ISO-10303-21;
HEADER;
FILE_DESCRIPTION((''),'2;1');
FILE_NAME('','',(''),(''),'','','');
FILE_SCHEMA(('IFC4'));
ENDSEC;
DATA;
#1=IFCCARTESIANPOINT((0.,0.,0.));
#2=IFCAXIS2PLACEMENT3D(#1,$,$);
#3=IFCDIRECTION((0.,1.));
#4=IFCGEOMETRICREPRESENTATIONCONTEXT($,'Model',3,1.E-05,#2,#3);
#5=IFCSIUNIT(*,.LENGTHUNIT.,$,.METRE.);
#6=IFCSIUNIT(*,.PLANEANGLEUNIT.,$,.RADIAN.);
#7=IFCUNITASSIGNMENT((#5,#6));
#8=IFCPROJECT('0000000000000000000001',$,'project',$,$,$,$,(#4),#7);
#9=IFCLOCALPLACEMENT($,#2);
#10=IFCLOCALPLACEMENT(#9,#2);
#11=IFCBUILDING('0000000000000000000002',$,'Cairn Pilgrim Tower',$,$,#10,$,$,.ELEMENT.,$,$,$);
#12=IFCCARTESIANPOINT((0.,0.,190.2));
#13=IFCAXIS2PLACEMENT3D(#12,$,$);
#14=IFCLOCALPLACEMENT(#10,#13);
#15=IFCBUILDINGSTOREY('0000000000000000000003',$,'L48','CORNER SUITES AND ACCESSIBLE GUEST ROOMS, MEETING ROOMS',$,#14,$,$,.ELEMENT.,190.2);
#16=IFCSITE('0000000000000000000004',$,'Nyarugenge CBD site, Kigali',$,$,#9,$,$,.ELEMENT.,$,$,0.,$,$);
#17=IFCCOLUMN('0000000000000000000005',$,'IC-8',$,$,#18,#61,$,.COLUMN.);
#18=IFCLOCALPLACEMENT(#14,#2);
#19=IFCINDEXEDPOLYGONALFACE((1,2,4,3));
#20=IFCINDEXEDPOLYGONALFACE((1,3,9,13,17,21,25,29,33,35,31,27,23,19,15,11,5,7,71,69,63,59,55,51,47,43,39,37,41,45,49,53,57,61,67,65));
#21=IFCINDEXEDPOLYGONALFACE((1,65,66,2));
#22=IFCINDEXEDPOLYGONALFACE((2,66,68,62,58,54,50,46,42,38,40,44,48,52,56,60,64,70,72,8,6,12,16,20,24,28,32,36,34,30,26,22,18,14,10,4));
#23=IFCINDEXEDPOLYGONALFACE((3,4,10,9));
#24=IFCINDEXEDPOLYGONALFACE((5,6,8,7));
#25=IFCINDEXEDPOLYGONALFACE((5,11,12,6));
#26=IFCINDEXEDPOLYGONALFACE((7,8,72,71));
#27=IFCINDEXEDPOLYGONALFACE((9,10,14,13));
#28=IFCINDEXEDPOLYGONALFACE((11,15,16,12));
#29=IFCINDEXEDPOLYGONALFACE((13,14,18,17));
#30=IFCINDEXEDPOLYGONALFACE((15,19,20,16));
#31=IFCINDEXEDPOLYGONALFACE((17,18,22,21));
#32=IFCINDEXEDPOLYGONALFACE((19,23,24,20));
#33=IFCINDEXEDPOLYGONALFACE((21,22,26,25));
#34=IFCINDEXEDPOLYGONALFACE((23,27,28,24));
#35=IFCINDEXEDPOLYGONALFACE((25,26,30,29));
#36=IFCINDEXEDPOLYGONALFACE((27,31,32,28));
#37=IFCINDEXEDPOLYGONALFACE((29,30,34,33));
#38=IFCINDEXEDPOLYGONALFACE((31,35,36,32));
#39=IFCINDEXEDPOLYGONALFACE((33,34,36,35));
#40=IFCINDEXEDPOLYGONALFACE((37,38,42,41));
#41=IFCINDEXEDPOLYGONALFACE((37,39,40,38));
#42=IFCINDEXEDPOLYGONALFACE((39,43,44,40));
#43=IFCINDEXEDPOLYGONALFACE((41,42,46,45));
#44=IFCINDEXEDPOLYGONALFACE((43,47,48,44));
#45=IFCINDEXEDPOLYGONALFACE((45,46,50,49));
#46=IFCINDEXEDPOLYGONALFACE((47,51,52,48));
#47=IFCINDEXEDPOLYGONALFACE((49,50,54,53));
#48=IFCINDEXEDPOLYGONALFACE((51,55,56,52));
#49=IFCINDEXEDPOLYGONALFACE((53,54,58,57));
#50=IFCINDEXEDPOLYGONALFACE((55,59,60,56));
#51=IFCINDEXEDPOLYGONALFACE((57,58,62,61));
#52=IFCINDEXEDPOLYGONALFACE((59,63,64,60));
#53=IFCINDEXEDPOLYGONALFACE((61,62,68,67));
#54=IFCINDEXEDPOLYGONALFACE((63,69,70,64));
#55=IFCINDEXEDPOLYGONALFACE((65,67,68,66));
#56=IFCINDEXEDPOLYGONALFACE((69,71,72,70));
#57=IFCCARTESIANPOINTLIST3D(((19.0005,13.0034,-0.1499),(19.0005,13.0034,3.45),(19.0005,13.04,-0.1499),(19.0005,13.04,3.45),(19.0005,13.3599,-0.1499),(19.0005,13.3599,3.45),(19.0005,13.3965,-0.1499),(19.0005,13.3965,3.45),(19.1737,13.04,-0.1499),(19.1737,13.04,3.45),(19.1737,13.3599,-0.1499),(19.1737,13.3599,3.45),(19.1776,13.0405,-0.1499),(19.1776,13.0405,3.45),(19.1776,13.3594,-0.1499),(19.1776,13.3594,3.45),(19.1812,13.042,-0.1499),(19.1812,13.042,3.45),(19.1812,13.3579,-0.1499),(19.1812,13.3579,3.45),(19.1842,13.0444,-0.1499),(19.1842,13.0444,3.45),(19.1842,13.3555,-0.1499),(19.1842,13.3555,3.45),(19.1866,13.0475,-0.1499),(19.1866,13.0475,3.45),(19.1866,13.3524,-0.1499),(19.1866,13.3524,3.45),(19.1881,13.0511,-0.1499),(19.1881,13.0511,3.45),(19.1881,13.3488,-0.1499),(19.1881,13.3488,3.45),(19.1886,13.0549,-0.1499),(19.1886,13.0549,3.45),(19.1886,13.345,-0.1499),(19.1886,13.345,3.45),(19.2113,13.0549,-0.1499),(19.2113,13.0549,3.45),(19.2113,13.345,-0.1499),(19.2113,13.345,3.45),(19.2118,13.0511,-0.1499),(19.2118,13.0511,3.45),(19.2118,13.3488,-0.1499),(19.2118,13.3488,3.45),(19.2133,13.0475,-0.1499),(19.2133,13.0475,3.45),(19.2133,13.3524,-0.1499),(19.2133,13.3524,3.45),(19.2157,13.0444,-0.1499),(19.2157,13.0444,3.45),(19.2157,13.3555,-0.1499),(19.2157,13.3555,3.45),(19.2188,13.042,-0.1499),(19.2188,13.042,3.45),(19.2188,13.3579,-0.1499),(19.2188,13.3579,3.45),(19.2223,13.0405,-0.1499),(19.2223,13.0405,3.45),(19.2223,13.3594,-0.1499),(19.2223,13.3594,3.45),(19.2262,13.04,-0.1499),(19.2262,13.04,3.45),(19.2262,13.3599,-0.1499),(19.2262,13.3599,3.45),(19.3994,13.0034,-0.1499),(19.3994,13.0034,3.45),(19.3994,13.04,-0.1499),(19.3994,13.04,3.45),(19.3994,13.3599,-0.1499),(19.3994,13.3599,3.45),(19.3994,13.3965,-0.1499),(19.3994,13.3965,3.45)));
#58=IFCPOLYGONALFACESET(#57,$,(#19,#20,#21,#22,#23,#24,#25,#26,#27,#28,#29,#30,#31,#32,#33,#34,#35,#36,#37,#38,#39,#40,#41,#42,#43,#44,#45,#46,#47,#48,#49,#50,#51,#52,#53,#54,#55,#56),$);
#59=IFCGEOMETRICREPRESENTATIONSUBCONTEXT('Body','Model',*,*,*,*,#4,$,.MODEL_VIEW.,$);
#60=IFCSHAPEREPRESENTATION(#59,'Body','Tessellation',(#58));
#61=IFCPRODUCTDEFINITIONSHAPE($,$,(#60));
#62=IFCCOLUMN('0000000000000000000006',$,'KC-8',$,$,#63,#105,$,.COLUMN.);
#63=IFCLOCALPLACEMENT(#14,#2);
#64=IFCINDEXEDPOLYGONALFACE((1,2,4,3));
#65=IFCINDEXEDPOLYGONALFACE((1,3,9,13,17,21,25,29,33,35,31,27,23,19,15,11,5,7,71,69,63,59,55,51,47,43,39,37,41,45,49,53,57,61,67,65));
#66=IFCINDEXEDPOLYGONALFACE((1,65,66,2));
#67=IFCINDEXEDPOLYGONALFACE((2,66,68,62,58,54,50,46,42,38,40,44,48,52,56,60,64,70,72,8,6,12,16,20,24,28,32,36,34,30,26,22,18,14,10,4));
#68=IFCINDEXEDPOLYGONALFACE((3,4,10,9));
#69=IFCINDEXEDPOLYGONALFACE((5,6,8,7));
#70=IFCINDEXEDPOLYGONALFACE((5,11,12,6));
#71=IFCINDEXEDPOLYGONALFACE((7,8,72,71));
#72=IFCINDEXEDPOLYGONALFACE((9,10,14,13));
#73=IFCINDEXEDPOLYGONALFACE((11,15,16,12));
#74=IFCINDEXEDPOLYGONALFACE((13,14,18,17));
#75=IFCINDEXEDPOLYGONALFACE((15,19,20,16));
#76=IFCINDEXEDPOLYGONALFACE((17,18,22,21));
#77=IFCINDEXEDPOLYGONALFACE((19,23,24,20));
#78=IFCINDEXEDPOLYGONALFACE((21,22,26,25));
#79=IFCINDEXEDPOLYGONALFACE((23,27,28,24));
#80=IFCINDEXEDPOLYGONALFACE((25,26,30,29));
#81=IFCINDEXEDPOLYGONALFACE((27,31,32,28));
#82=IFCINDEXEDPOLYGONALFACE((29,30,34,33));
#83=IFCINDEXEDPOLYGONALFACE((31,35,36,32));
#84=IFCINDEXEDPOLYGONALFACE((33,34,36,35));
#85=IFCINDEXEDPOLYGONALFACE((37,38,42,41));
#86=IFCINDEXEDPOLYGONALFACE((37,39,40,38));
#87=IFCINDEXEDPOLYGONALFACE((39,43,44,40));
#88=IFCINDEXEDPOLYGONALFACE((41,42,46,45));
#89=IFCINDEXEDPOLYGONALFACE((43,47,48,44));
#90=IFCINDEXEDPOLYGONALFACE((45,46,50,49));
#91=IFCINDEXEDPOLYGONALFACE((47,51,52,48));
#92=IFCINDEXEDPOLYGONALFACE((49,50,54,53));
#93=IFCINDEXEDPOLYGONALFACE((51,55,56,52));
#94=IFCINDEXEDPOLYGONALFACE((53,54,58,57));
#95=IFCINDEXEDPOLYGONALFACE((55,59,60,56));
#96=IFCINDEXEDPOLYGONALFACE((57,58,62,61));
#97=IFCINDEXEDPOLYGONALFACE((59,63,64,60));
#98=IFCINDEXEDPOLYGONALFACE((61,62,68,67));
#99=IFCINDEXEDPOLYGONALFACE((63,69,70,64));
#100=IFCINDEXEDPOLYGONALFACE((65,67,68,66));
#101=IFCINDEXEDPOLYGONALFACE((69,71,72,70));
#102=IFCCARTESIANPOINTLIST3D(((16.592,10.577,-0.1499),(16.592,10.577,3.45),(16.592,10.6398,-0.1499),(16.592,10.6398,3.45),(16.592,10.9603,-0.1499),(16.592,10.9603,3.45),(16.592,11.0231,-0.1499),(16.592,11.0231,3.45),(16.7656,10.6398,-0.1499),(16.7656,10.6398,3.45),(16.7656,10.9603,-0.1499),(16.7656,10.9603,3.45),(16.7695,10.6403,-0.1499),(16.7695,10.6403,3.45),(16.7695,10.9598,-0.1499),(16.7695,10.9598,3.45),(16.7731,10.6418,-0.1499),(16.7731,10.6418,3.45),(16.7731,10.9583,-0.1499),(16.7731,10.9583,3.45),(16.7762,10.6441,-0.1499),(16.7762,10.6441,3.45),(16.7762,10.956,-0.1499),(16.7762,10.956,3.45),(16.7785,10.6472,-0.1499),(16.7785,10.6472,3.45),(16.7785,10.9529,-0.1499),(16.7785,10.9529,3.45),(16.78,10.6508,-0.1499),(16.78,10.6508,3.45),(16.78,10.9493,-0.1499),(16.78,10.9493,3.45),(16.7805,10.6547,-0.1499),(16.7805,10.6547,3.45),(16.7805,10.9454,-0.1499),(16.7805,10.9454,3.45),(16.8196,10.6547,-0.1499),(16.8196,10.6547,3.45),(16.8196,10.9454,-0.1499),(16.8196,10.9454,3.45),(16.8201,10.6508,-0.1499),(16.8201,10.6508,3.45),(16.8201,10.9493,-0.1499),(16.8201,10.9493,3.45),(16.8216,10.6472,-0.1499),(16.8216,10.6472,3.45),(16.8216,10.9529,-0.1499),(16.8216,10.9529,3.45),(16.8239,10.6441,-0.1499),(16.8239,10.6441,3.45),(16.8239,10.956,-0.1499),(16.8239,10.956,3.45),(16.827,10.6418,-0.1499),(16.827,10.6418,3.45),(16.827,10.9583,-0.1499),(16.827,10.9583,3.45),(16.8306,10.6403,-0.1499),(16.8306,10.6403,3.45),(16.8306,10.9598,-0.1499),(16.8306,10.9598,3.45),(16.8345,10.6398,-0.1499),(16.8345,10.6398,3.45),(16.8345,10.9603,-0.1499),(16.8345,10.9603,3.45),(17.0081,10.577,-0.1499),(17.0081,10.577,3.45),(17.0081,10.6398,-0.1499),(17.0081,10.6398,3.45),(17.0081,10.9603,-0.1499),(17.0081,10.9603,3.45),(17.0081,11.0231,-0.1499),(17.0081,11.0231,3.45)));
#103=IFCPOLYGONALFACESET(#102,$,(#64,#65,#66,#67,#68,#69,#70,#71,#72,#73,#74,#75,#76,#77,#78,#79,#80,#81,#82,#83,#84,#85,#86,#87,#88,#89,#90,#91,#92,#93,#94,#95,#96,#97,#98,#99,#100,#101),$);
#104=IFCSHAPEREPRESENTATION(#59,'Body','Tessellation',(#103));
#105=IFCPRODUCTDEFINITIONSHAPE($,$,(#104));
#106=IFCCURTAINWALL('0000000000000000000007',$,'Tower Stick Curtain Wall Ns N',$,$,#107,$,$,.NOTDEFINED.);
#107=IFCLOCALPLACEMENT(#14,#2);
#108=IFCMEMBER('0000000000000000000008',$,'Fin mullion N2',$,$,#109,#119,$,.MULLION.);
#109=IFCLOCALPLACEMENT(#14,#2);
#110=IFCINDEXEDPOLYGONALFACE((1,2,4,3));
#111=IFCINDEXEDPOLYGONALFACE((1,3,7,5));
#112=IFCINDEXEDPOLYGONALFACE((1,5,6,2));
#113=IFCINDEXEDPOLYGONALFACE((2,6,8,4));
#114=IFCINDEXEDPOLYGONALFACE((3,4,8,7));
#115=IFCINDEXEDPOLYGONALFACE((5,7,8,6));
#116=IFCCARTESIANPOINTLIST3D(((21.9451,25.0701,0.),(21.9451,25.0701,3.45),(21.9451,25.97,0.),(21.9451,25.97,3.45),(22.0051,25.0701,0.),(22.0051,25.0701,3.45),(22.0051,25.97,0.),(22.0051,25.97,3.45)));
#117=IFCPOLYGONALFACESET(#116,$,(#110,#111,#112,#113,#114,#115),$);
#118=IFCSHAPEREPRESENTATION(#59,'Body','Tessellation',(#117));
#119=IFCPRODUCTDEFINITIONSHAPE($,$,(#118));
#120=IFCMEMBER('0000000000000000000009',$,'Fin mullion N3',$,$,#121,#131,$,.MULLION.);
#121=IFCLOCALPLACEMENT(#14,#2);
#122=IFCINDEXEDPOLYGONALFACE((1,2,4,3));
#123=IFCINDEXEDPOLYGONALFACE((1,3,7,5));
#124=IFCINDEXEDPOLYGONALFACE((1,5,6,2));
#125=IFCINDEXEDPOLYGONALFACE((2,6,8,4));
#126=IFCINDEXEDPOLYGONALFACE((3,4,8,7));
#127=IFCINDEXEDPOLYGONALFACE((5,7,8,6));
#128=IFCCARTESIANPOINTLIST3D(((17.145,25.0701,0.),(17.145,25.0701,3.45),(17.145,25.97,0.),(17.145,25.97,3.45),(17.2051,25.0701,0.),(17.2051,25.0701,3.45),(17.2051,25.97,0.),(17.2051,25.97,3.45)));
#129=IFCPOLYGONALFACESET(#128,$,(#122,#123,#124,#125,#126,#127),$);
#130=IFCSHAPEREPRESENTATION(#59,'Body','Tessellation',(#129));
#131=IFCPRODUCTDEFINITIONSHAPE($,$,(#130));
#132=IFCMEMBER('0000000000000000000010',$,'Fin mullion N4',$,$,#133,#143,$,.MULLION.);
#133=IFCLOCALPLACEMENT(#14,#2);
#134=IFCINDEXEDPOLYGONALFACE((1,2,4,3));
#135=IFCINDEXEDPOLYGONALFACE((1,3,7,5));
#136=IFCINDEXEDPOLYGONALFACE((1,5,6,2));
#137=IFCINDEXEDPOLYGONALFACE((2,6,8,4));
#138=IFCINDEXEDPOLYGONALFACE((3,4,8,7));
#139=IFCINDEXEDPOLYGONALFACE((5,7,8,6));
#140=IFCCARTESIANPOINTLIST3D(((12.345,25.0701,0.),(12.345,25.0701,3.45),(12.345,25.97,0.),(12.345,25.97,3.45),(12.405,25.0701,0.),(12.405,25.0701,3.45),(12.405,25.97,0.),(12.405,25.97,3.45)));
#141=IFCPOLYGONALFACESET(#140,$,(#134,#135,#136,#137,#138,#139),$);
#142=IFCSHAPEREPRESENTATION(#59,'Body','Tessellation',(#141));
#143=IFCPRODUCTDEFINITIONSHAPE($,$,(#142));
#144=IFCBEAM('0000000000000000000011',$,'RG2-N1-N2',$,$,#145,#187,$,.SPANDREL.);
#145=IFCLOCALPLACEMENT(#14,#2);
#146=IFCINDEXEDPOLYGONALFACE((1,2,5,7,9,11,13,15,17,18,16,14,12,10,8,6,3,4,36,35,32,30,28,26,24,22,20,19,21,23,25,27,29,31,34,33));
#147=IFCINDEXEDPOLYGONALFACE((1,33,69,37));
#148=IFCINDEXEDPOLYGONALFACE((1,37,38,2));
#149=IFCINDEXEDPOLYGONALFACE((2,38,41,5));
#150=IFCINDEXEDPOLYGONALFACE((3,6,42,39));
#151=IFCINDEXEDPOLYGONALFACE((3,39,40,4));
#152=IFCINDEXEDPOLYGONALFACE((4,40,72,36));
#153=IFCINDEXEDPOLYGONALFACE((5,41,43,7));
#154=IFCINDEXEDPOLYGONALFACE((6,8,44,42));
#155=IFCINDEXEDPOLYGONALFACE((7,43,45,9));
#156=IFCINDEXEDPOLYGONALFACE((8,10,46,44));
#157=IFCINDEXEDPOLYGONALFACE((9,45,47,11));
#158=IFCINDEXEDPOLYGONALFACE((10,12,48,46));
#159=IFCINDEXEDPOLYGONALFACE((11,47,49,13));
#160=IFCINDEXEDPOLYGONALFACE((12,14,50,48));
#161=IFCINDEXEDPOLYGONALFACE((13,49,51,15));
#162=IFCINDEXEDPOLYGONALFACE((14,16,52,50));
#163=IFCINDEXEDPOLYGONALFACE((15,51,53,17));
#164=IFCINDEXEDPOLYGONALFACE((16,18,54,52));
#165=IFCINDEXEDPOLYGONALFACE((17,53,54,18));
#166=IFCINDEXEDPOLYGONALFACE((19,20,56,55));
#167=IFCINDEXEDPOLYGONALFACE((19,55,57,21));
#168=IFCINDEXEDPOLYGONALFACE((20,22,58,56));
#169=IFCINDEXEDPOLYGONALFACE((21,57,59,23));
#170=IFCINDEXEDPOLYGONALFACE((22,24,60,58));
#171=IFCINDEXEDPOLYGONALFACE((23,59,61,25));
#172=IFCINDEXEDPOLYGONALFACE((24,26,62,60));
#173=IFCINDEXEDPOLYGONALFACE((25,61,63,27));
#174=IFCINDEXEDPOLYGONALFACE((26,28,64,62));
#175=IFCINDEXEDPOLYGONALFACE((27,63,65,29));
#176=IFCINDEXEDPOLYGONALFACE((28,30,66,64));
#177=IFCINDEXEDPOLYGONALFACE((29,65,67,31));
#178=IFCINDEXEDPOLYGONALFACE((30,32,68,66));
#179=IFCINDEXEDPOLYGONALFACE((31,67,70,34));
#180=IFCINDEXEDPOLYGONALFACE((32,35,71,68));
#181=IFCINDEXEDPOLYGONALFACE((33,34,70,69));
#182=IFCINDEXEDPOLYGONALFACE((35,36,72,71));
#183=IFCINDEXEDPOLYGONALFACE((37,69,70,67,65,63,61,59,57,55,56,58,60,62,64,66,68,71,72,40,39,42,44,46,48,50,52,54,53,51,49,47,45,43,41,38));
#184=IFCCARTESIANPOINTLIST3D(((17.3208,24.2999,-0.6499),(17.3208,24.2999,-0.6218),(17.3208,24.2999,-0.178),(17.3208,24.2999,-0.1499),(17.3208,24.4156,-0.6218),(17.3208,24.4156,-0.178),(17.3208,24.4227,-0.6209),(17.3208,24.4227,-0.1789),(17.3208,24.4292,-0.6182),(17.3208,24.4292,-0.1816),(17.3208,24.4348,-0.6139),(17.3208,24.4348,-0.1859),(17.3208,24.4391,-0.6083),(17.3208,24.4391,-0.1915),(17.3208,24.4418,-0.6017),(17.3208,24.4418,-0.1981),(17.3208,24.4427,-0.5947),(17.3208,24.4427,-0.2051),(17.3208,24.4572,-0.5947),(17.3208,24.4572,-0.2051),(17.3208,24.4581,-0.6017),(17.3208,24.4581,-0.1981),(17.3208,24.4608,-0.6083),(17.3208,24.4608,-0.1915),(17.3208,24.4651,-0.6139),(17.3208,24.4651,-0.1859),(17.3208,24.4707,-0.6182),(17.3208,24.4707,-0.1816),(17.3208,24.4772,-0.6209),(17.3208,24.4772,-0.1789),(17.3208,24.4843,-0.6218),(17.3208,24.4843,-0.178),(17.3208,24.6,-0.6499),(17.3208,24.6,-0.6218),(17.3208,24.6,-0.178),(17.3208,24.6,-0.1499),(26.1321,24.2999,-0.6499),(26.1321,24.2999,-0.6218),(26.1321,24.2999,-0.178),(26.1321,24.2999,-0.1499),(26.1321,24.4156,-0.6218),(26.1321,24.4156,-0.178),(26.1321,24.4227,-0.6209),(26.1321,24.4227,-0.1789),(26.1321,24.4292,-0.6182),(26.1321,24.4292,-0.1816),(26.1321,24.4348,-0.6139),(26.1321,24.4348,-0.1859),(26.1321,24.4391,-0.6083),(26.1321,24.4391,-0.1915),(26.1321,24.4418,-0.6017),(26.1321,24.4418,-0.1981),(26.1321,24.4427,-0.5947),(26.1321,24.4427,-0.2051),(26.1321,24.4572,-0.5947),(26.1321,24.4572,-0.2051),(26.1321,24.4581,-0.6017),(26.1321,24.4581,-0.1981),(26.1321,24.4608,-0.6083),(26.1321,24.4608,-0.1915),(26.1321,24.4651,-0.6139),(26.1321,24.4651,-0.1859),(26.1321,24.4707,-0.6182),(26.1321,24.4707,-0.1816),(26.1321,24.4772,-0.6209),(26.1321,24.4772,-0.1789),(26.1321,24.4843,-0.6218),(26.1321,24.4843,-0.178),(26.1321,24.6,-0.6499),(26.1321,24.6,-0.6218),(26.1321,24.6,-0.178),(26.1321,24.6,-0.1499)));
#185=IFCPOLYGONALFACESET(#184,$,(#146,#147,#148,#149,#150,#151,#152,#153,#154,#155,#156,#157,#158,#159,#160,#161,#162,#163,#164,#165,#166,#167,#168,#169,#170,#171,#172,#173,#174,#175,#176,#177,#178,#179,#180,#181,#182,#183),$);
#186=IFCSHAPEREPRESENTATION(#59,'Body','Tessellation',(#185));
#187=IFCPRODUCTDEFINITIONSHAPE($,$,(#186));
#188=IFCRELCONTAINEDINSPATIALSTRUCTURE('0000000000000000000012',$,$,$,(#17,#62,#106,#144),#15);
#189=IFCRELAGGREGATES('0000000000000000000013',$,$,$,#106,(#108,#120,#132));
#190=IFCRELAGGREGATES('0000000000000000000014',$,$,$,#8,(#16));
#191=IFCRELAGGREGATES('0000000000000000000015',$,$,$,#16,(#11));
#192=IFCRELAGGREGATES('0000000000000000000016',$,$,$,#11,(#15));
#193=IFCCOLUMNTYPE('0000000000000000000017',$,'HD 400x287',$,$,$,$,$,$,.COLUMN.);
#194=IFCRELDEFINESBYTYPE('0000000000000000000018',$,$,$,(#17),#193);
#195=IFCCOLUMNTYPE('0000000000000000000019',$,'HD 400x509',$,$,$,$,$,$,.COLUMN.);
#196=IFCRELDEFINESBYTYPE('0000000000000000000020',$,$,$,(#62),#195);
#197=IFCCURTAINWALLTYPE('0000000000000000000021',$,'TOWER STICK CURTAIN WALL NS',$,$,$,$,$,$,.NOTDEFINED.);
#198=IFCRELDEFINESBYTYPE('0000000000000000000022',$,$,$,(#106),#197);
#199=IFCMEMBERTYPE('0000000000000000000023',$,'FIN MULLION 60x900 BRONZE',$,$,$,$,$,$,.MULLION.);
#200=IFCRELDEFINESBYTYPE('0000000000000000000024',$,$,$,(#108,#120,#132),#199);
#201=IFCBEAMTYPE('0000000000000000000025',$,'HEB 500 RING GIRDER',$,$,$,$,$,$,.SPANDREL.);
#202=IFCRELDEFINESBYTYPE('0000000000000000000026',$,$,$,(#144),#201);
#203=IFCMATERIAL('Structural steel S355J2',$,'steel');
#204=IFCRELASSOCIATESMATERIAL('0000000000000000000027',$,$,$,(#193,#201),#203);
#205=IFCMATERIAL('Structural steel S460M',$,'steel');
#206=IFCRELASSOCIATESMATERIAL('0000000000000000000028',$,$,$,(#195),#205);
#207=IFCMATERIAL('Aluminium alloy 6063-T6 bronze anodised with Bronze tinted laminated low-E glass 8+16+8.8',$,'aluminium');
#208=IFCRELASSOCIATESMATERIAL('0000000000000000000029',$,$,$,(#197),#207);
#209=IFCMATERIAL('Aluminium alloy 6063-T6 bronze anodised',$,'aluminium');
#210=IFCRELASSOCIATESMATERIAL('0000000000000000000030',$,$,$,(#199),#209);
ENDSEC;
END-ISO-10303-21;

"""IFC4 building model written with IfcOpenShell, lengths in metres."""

from ifc_helpers import new_model, si_unit, direction, frame, origin, origin_2d, place, context, subcontext, project, spatial, rectangle, i_section, extrude, material, material_profile, profile_set, type_object, element, aggregate, save


model = new_model("IFC4")

# Units and contexts
model_context = context("Model", 3, precision=1e-05, world=origin(), true_north=direction((0.0, 1.0)))
body_context = subcontext(model_context, "Body", "Model", "MODEL_VIEW")
ifc_project = project(units=[si_unit("LENGTHUNIT", "METRE"), si_unit("PLANEANGLEUNIT", "RADIAN")], contexts=[model_context])

# Site, building, storey
site_placement = place(None, origin())
site = spatial("IfcSite", under=ifc_project, at=site_placement, Name="Nyarugenge CBD site, Kigali", CompositionType="ELEMENT", RefElevation=0.0)
building_placement = place(site_placement, origin())
building = spatial("IfcBuilding", under=site, at=building_placement, Name="Cairn Pilgrim Tower", CompositionType="ELEMENT")
storey_placement = place(building_placement, frame((0.0, 0.0, 190.2)))
storey = spatial("IfcBuildingStorey", under=building, at=storey_placement, Name="L48", Description="CORNER SUITES AND ACCESSIBLE GUEST ROOMS, MEETING ROOMS", CompositionType="ELEMENT", Elevation=190.2)

# Columns
ifc_material_1 = material(Name="Structural steel S460M", Category="steel")
ifc_material_2 = material(Name="Structural steel S355J2", Category="steel")
ifc_material_profile_1 = material_profile(ifc_material_2, i_section(OverallWidth=0.3989, OverallDepth=0.3931, WebThickness=0.0227, FlangeThickness=0.0366, FilletRadius=0.0149, at=origin_2d()), Name="HD 400x287")
ifc_profile_set_1 = profile_set([ifc_material_profile_1], Name="Structural steel S355J2")
column_type_1 = type_object("IfcColumnType", Name="HD 400x287", PredefinedType="COLUMN", material=ifc_profile_set_1)
column_1_placement = place(storey_placement, frame((19.2, 13.2, -0.1499), z_axis=(0.0, 0.0, 1.0), x_axis=(1.0, 0.0, 0.0)))
element("IfcColumn", 1, at=column_1_placement, inside=storey, type_object=column_type_1, Name="IC-8", PredefinedType="COLUMN", context=body_context, shape_type="SweptSolid", body=[
    extrude(i_section(OverallWidth=0.3989, OverallDepth=0.3931, WebThickness=0.0227, FlangeThickness=0.0366, FilletRadius=0.0149, at=origin_2d()), origin(), (0.0, 0.0, 1.0), 3.5999),
])
ifc_material_profile_2 = material_profile(ifc_material_1, i_section(OverallWidth=0.416, OverallDepth=0.446, WebThickness=0.0391, FlangeThickness=0.0627, FilletRadius=0.0149, at=origin_2d()), Name="HD 400x509")
ifc_profile_set_2 = profile_set([ifc_material_profile_2], Name="Structural steel S460M")
column_type_2 = type_object("IfcColumnType", Name="HD 400x509", PredefinedType="COLUMN", material=ifc_profile_set_2)
column_2_placement = place(storey_placement, frame((16.8, 10.8, -0.1499), z_axis=(0.0, 0.0, 1.0), x_axis=(1.0, 0.0, 0.0)))
element("IfcColumn", 2, at=column_2_placement, inside=storey, type_object=column_type_2, Name="KC-8", PredefinedType="COLUMN", context=body_context, shape_type="SweptSolid", body=[
    extrude(i_section(OverallWidth=0.416, OverallDepth=0.446, WebThickness=0.0391, FlangeThickness=0.0627, FilletRadius=0.0149, at=origin_2d()), origin(), (0.0, 0.0, 1.0), 3.5999),
])

# Curtain wall, members
ifc_material_3 = material(Name="Aluminium alloy 6063-T6 bronze anodised with Bronze tinted laminated low-E glass 8+16+8.8", Category="aluminium")
curtain_wall_type = type_object("IfcCurtainWallType", Name="TOWER STICK CURTAIN WALL NS", PredefinedType="NOTDEFINED", material=ifc_material_3)
curtain_wall_placement = place(storey_placement, origin())
curtain_wall = element("IfcCurtainWall", 3, at=curtain_wall_placement, inside=storey, type_object=curtain_wall_type, Name="Tower Stick Curtain Wall Ns N", PredefinedType="NOTDEFINED")
ifc_material_4 = material(Name="Aluminium alloy 6063-T6 bronze anodised", Category="aluminium")
ifc_material_profile_3 = material_profile(ifc_material_4, rectangle(XDim=0.8999, YDim=0.0601, at=origin_2d()), Name="FIN MULLION 60x900 BRONZE")
ifc_profile_set_3 = profile_set([ifc_material_profile_3], Name="Aluminium alloy 6063-T6 bronze anodised")
member_type_1 = type_object("IfcMemberType", Name="FIN MULLION 60x900 BRONZE", PredefinedType="MULLION", material=ifc_profile_set_3)
member_1_placement = place(storey_placement, frame((21.9751, 25.52, 0.0), z_axis=(0.0, 0.0, 1.0), x_axis=(0.0, 1.0, 0.0)))
member_1 = element("IfcMember", 4, at=member_1_placement, type_object=member_type_1, Name="Fin mullion N2", PredefinedType="MULLION", context=body_context, shape_type="SweptSolid", body=[
    extrude(rectangle(XDim=0.8999, YDim=0.0601, at=origin_2d()), origin(), (0.0, 0.0, 1.0), 3.45),
])
member_2_placement = place(storey_placement, frame((17.175, 25.52, 0.0), z_axis=(0.0, 0.0, 1.0), x_axis=(0.0, 1.0, 0.0)))
member_2 = element("IfcMember", 5, at=member_2_placement, type_object=member_type_1, Name="Fin mullion N3", PredefinedType="MULLION", context=body_context, shape_type="SweptSolid", body=[
    extrude(rectangle(XDim=0.8999, YDim=0.0601, at=origin_2d()), origin(), (0.0, 0.0, 1.0), 3.45),
])
member_3_placement = place(storey_placement, frame((12.375, 25.52, 0.0), z_axis=(0.0, 0.0, 1.0), x_axis=(0.0, 1.0, 0.0)))
member_3 = element("IfcMember", 6, at=member_3_placement, type_object=member_type_1, Name="Fin mullion N4", PredefinedType="MULLION", context=body_context, shape_type="SweptSolid", body=[
    extrude(rectangle(XDim=0.8999, YDim=0.0601, at=origin_2d()), origin(), (0.0, 0.0, 1.0), 3.45),
])

# Beam
ifc_material_profile_4 = material_profile(ifc_material_2, i_section(OverallWidth=0.3, OverallDepth=0.5, WebThickness=0.0144, FlangeThickness=0.0281, FilletRadius=0.0271, at=origin_2d()), Name="HEB 500")
ifc_profile_set_4 = profile_set([ifc_material_profile_4], Name="Structural steel S355J2")
beam_type_1 = type_object("IfcBeamType", Name="HEB 500 RING GIRDER", PredefinedType="SPANDREL", material=ifc_profile_set_4)
beam_1_placement = place(storey_placement, frame((26.1321, 24.45, -0.3999), z_axis=(-1.0, 0.0, 0.0), x_axis=(0.0, -1.0, 0.0)))
element("IfcBeam", 7, at=beam_1_placement, inside=storey, type_object=beam_type_1, Name="RG2-N1-N2", PredefinedType="SPANDREL", context=body_context, shape_type="SweptSolid", body=[
    extrude(i_section(OverallWidth=0.3, OverallDepth=0.5, WebThickness=0.0144, FlangeThickness=0.0281, FilletRadius=0.0271, at=origin_2d()), origin(), (0.0, 0.0, 1.0), 8.8113),
])

aggregate(curtain_wall, [member_1, member_2, member_3])

save(model, "model.ifc")
